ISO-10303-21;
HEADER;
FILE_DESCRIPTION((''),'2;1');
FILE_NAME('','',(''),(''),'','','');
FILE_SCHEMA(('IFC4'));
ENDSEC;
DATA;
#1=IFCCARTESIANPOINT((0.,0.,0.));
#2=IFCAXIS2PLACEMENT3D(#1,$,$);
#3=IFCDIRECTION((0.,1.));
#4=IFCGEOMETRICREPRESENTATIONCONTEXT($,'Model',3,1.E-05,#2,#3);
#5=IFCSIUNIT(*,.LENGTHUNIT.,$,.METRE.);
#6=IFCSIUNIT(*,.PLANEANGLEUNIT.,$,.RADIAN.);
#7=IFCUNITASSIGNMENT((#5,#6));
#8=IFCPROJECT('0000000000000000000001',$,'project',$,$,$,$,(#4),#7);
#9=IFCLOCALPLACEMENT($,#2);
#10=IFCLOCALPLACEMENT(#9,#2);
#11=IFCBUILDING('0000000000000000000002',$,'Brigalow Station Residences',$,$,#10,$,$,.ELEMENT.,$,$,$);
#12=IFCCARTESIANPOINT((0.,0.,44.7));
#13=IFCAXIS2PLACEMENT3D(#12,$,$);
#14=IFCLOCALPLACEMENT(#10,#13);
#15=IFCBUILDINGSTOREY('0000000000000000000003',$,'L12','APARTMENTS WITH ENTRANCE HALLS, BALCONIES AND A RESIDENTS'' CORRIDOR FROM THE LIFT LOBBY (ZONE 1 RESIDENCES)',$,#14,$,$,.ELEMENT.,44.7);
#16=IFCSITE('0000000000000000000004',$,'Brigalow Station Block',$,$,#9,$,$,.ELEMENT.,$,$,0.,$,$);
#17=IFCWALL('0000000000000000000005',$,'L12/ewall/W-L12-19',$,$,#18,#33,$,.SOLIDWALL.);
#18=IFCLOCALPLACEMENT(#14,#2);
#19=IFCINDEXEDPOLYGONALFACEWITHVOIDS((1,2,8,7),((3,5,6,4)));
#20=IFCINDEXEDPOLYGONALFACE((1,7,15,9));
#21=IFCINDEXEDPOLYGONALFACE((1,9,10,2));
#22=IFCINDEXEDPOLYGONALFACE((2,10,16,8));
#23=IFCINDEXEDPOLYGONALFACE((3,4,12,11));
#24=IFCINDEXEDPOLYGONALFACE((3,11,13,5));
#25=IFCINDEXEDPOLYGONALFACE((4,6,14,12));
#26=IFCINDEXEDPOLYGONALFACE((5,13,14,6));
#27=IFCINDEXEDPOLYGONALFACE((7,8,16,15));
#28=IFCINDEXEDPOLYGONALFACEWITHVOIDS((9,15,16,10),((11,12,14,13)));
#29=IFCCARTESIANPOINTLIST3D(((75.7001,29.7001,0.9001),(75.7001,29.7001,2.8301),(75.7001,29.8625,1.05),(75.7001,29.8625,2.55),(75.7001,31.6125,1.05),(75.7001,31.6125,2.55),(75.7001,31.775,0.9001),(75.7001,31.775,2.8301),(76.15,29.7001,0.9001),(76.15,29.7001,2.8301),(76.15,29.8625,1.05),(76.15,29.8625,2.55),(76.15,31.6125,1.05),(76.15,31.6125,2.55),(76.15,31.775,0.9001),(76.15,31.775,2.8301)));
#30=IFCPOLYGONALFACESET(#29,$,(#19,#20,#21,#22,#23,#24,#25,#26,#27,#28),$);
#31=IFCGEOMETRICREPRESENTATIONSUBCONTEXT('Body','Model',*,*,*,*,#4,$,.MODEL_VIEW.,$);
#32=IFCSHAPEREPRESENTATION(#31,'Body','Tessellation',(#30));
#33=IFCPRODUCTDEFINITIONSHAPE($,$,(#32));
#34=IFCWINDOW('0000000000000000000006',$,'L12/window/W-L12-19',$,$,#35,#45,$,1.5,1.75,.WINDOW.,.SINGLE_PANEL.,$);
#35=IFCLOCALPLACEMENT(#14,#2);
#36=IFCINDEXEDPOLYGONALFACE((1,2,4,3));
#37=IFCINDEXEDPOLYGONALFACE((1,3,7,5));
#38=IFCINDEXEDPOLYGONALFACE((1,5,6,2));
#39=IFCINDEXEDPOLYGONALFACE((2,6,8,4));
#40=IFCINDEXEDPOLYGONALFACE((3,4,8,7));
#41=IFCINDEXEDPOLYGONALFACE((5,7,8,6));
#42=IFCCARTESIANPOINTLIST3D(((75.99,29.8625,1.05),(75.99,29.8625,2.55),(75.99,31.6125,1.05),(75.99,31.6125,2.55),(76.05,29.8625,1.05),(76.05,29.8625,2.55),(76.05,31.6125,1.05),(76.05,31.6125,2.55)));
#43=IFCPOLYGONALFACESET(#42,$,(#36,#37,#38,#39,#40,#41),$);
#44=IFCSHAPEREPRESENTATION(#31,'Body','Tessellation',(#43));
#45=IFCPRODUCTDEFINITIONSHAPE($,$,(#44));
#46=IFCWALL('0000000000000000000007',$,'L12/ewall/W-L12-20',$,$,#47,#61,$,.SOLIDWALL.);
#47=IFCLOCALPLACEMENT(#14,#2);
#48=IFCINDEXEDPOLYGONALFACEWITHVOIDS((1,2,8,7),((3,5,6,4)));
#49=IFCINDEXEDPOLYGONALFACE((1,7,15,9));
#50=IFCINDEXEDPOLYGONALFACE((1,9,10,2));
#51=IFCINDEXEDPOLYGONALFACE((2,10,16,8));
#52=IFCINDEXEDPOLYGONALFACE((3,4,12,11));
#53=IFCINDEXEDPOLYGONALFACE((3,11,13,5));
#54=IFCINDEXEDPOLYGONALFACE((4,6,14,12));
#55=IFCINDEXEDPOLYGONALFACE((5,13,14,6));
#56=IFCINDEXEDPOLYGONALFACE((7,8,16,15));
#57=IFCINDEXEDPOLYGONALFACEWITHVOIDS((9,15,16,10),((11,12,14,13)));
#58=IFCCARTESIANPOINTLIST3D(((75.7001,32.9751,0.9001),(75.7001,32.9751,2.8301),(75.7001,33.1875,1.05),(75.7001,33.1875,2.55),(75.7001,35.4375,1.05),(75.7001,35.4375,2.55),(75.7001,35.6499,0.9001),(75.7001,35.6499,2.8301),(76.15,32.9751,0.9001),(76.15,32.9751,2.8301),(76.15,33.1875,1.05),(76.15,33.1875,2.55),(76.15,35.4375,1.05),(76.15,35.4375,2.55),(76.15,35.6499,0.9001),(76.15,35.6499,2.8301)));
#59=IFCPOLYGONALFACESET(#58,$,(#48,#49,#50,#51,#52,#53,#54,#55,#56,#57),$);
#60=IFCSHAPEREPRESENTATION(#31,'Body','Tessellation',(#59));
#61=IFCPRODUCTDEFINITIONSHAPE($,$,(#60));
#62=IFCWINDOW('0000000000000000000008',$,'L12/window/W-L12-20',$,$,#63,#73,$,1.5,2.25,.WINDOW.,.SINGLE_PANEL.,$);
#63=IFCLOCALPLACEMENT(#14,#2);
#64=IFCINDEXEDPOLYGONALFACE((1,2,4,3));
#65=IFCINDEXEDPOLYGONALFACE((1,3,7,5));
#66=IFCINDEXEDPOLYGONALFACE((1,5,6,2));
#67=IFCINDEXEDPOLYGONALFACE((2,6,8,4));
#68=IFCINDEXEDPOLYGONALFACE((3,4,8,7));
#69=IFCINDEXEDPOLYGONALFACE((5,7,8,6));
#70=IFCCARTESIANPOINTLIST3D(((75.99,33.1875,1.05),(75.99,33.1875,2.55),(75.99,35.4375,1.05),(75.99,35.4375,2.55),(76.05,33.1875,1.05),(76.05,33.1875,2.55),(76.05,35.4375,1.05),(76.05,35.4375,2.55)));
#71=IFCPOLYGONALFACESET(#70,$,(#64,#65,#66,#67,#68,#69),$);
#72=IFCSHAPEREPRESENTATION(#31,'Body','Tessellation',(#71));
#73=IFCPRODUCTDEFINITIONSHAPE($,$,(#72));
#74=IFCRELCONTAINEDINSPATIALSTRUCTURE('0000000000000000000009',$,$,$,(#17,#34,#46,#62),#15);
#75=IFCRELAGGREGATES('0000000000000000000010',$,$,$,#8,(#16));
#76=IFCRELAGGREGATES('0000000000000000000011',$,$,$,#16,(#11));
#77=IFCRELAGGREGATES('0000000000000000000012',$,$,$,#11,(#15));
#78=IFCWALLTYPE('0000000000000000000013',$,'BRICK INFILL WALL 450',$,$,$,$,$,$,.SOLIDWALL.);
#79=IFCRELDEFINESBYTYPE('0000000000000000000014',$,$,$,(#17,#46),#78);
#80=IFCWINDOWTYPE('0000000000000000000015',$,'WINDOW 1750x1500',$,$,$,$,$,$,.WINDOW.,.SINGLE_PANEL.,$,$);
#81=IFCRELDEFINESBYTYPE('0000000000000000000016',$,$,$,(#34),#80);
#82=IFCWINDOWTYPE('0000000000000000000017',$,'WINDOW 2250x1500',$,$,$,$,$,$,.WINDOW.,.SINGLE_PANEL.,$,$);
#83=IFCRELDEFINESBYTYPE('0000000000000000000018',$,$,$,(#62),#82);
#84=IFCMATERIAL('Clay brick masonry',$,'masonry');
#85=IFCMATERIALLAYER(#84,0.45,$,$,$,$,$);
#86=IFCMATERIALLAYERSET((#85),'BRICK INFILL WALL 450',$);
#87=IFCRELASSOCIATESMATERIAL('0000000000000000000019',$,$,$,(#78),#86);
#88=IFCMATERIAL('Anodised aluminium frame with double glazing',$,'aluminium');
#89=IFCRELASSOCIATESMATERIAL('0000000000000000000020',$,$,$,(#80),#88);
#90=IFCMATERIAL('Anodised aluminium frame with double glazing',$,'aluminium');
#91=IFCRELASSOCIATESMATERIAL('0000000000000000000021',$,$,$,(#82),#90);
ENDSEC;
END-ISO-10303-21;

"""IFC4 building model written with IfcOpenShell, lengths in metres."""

from ifc_helpers import new_model, si_unit, direction, frame, frame_2d, origin, place, context, subcontext, project, spatial, rectangle, extrude, material, layer, layer_set, type_object, element, fill, save


model = new_model("IFC4")

# Units and contexts
model_context = context("Model", 3, precision=1e-05, world=origin(), true_north=direction((0.0, 1.0)))
body_context = subcontext(model_context, "Body", "Model", "MODEL_VIEW")
ifc_project = project(units=[si_unit("LENGTHUNIT", "METRE"), si_unit("PLANEANGLEUNIT", "RADIAN")], contexts=[model_context])

# Site, building, storey
site_placement = place(None, origin())
site = spatial("IfcSite", under=ifc_project, at=site_placement, Name="Brigalow Station Block", CompositionType="ELEMENT", RefElevation=0.0)
building_placement = place(site_placement, origin())
building = spatial("IfcBuilding", under=site, at=building_placement, Name="Brigalow Station Residences", CompositionType="ELEMENT")
storey_placement = place(building_placement, frame((0.0, 0.0, 44.7)))
storey = spatial("IfcBuildingStorey", under=building, at=storey_placement, Name="L12", Description="APARTMENTS WITH ENTRANCE HALLS, BALCONIES AND A RESIDENTS' CORRIDOR FROM THE LIFT LOBBY (ZONE 1 RESIDENCES)", CompositionType="ELEMENT", Elevation=44.7)

# Shared definitions
ifc_material_1 = material(Name="Clay brick masonry", Category="masonry")
ifc_layer = layer(ifc_material_1, 0.45)
ifc_layer_set = layer_set([ifc_layer], Name="BRICK INFILL WALL 450")
wall_type = type_object("IfcWallType", Name="BRICK INFILL WALL 450", PredefinedType="SOLIDWALL", material=ifc_layer_set)

# Walls, openings, windows
wall_1_placement = place(storey_placement, frame((75.925, 29.7, 0.9001), z_axis=(0.0, 0.0, 1.0), x_axis=(0.0, 1.0, 0.0)))
wall_1 = element("IfcWall", 1, at=wall_1_placement, inside=storey, type_object=wall_type, Name="L12/ewall/W-L12-19", PredefinedType="SOLIDWALL", context=body_context, shape_type="SweptSolid", body=[
    extrude(rectangle(XDim=2.075, YDim=0.45, at=frame_2d((1.0376, 0.0))), origin(), (0.0, 0.0, 1.0), 1.9299),
])
opening_1_placement = place(wall_1_placement, frame((0.1626, 0.0, 0.1499)))
opening_1 = element("IfcOpeningElement", 2, at=opening_1_placement, cuts=wall_1, PredefinedType="OPENING", context=body_context, shape_type="SweptSolid", body=[
    extrude(rectangle(XDim=1.75, YDim=1.5, at=frame_2d((0.875, 0.75))), frame((0.0, 0.2349, 0.0), z_axis=(0.0, -1.0, 0.0), x_axis=(1.0, 0.0, 0.0)), (0.0, 0.0, 1.0), 0.47),
])
ifc_material_2 = material(Name="Anodised aluminium frame with double glazing", Category="aluminium")
window_type_1 = type_object("IfcWindowType", Name="WINDOW 1750x1500", PartitioningType="SINGLE_PANEL", PredefinedType="WINDOW", material=ifc_material_2)
window_1_placement = place(opening_1_placement, origin())
window_1 = element("IfcWindow", 3, at=window_1_placement, inside=storey, type_object=window_type_1, Name="L12/window/W-L12-19", OverallHeight=1.5, OverallWidth=1.75, PartitioningType="SINGLE_PANEL", PredefinedType="WINDOW", context=body_context, shape_type="SweptSolid", body=[
    extrude(rectangle(XDim=1.75, YDim=1.5, at=frame_2d((0.875, 0.75))), frame((0.0, -0.0649, 0.0), z_axis=(0.0, -1.0, 0.0), x_axis=(1.0, 0.0, 0.0)), (0.0, 0.0, 1.0), 0.0601),
])
fill(opening_1, window_1)
wall_2_placement = place(storey_placement, frame((75.925, 32.9751, 0.9001), z_axis=(0.0, 0.0, 1.0), x_axis=(0.0, 1.0, 0.0)))
wall_2 = element("IfcWall", 4, at=wall_2_placement, inside=storey, type_object=wall_type, Name="L12/ewall/W-L12-20", PredefinedType="SOLIDWALL", context=body_context, shape_type="SweptSolid", body=[
    extrude(rectangle(XDim=2.6748, YDim=0.45, at=frame_2d((1.3374, 0.0))), origin(), (0.0, 0.0, 1.0), 1.9299),
])
opening_2_placement = place(wall_2_placement, frame((0.2124, 0.0, 0.1499)))
opening_2 = element("IfcOpeningElement", 5, at=opening_2_placement, cuts=wall_2, PredefinedType="OPENING", context=body_context, shape_type="SweptSolid", body=[
    extrude(rectangle(XDim=2.25, YDim=1.5, at=frame_2d((1.125, 0.75))), frame((0.0, 0.2349, 0.0), z_axis=(0.0, -1.0, 0.0), x_axis=(1.0, 0.0, 0.0)), (0.0, 0.0, 1.0), 0.47),
])
ifc_material_3 = material(Name="Anodised aluminium frame with double glazing", Category="aluminium")
window_type_2 = type_object("IfcWindowType", Name="WINDOW 2250x1500", PartitioningType="SINGLE_PANEL", PredefinedType="WINDOW", material=ifc_material_3)
window_2_placement = place(opening_2_placement, origin())
window_2 = element("IfcWindow", 6, at=window_2_placement, inside=storey, type_object=window_type_2, Name="L12/window/W-L12-20", OverallHeight=1.5, OverallWidth=2.25, PartitioningType="SINGLE_PANEL", PredefinedType="WINDOW", context=body_context, shape_type="SweptSolid", body=[
    extrude(rectangle(XDim=2.25, YDim=1.5, at=frame_2d((1.125, 0.75))), frame((0.0, -0.0649, 0.0), z_axis=(0.0, -1.0, 0.0), x_axis=(1.0, 0.0, 0.0)), (0.0, 0.0, 1.0), 0.0601),
])
fill(opening_2, window_2)

save(model, "model.ifc")
